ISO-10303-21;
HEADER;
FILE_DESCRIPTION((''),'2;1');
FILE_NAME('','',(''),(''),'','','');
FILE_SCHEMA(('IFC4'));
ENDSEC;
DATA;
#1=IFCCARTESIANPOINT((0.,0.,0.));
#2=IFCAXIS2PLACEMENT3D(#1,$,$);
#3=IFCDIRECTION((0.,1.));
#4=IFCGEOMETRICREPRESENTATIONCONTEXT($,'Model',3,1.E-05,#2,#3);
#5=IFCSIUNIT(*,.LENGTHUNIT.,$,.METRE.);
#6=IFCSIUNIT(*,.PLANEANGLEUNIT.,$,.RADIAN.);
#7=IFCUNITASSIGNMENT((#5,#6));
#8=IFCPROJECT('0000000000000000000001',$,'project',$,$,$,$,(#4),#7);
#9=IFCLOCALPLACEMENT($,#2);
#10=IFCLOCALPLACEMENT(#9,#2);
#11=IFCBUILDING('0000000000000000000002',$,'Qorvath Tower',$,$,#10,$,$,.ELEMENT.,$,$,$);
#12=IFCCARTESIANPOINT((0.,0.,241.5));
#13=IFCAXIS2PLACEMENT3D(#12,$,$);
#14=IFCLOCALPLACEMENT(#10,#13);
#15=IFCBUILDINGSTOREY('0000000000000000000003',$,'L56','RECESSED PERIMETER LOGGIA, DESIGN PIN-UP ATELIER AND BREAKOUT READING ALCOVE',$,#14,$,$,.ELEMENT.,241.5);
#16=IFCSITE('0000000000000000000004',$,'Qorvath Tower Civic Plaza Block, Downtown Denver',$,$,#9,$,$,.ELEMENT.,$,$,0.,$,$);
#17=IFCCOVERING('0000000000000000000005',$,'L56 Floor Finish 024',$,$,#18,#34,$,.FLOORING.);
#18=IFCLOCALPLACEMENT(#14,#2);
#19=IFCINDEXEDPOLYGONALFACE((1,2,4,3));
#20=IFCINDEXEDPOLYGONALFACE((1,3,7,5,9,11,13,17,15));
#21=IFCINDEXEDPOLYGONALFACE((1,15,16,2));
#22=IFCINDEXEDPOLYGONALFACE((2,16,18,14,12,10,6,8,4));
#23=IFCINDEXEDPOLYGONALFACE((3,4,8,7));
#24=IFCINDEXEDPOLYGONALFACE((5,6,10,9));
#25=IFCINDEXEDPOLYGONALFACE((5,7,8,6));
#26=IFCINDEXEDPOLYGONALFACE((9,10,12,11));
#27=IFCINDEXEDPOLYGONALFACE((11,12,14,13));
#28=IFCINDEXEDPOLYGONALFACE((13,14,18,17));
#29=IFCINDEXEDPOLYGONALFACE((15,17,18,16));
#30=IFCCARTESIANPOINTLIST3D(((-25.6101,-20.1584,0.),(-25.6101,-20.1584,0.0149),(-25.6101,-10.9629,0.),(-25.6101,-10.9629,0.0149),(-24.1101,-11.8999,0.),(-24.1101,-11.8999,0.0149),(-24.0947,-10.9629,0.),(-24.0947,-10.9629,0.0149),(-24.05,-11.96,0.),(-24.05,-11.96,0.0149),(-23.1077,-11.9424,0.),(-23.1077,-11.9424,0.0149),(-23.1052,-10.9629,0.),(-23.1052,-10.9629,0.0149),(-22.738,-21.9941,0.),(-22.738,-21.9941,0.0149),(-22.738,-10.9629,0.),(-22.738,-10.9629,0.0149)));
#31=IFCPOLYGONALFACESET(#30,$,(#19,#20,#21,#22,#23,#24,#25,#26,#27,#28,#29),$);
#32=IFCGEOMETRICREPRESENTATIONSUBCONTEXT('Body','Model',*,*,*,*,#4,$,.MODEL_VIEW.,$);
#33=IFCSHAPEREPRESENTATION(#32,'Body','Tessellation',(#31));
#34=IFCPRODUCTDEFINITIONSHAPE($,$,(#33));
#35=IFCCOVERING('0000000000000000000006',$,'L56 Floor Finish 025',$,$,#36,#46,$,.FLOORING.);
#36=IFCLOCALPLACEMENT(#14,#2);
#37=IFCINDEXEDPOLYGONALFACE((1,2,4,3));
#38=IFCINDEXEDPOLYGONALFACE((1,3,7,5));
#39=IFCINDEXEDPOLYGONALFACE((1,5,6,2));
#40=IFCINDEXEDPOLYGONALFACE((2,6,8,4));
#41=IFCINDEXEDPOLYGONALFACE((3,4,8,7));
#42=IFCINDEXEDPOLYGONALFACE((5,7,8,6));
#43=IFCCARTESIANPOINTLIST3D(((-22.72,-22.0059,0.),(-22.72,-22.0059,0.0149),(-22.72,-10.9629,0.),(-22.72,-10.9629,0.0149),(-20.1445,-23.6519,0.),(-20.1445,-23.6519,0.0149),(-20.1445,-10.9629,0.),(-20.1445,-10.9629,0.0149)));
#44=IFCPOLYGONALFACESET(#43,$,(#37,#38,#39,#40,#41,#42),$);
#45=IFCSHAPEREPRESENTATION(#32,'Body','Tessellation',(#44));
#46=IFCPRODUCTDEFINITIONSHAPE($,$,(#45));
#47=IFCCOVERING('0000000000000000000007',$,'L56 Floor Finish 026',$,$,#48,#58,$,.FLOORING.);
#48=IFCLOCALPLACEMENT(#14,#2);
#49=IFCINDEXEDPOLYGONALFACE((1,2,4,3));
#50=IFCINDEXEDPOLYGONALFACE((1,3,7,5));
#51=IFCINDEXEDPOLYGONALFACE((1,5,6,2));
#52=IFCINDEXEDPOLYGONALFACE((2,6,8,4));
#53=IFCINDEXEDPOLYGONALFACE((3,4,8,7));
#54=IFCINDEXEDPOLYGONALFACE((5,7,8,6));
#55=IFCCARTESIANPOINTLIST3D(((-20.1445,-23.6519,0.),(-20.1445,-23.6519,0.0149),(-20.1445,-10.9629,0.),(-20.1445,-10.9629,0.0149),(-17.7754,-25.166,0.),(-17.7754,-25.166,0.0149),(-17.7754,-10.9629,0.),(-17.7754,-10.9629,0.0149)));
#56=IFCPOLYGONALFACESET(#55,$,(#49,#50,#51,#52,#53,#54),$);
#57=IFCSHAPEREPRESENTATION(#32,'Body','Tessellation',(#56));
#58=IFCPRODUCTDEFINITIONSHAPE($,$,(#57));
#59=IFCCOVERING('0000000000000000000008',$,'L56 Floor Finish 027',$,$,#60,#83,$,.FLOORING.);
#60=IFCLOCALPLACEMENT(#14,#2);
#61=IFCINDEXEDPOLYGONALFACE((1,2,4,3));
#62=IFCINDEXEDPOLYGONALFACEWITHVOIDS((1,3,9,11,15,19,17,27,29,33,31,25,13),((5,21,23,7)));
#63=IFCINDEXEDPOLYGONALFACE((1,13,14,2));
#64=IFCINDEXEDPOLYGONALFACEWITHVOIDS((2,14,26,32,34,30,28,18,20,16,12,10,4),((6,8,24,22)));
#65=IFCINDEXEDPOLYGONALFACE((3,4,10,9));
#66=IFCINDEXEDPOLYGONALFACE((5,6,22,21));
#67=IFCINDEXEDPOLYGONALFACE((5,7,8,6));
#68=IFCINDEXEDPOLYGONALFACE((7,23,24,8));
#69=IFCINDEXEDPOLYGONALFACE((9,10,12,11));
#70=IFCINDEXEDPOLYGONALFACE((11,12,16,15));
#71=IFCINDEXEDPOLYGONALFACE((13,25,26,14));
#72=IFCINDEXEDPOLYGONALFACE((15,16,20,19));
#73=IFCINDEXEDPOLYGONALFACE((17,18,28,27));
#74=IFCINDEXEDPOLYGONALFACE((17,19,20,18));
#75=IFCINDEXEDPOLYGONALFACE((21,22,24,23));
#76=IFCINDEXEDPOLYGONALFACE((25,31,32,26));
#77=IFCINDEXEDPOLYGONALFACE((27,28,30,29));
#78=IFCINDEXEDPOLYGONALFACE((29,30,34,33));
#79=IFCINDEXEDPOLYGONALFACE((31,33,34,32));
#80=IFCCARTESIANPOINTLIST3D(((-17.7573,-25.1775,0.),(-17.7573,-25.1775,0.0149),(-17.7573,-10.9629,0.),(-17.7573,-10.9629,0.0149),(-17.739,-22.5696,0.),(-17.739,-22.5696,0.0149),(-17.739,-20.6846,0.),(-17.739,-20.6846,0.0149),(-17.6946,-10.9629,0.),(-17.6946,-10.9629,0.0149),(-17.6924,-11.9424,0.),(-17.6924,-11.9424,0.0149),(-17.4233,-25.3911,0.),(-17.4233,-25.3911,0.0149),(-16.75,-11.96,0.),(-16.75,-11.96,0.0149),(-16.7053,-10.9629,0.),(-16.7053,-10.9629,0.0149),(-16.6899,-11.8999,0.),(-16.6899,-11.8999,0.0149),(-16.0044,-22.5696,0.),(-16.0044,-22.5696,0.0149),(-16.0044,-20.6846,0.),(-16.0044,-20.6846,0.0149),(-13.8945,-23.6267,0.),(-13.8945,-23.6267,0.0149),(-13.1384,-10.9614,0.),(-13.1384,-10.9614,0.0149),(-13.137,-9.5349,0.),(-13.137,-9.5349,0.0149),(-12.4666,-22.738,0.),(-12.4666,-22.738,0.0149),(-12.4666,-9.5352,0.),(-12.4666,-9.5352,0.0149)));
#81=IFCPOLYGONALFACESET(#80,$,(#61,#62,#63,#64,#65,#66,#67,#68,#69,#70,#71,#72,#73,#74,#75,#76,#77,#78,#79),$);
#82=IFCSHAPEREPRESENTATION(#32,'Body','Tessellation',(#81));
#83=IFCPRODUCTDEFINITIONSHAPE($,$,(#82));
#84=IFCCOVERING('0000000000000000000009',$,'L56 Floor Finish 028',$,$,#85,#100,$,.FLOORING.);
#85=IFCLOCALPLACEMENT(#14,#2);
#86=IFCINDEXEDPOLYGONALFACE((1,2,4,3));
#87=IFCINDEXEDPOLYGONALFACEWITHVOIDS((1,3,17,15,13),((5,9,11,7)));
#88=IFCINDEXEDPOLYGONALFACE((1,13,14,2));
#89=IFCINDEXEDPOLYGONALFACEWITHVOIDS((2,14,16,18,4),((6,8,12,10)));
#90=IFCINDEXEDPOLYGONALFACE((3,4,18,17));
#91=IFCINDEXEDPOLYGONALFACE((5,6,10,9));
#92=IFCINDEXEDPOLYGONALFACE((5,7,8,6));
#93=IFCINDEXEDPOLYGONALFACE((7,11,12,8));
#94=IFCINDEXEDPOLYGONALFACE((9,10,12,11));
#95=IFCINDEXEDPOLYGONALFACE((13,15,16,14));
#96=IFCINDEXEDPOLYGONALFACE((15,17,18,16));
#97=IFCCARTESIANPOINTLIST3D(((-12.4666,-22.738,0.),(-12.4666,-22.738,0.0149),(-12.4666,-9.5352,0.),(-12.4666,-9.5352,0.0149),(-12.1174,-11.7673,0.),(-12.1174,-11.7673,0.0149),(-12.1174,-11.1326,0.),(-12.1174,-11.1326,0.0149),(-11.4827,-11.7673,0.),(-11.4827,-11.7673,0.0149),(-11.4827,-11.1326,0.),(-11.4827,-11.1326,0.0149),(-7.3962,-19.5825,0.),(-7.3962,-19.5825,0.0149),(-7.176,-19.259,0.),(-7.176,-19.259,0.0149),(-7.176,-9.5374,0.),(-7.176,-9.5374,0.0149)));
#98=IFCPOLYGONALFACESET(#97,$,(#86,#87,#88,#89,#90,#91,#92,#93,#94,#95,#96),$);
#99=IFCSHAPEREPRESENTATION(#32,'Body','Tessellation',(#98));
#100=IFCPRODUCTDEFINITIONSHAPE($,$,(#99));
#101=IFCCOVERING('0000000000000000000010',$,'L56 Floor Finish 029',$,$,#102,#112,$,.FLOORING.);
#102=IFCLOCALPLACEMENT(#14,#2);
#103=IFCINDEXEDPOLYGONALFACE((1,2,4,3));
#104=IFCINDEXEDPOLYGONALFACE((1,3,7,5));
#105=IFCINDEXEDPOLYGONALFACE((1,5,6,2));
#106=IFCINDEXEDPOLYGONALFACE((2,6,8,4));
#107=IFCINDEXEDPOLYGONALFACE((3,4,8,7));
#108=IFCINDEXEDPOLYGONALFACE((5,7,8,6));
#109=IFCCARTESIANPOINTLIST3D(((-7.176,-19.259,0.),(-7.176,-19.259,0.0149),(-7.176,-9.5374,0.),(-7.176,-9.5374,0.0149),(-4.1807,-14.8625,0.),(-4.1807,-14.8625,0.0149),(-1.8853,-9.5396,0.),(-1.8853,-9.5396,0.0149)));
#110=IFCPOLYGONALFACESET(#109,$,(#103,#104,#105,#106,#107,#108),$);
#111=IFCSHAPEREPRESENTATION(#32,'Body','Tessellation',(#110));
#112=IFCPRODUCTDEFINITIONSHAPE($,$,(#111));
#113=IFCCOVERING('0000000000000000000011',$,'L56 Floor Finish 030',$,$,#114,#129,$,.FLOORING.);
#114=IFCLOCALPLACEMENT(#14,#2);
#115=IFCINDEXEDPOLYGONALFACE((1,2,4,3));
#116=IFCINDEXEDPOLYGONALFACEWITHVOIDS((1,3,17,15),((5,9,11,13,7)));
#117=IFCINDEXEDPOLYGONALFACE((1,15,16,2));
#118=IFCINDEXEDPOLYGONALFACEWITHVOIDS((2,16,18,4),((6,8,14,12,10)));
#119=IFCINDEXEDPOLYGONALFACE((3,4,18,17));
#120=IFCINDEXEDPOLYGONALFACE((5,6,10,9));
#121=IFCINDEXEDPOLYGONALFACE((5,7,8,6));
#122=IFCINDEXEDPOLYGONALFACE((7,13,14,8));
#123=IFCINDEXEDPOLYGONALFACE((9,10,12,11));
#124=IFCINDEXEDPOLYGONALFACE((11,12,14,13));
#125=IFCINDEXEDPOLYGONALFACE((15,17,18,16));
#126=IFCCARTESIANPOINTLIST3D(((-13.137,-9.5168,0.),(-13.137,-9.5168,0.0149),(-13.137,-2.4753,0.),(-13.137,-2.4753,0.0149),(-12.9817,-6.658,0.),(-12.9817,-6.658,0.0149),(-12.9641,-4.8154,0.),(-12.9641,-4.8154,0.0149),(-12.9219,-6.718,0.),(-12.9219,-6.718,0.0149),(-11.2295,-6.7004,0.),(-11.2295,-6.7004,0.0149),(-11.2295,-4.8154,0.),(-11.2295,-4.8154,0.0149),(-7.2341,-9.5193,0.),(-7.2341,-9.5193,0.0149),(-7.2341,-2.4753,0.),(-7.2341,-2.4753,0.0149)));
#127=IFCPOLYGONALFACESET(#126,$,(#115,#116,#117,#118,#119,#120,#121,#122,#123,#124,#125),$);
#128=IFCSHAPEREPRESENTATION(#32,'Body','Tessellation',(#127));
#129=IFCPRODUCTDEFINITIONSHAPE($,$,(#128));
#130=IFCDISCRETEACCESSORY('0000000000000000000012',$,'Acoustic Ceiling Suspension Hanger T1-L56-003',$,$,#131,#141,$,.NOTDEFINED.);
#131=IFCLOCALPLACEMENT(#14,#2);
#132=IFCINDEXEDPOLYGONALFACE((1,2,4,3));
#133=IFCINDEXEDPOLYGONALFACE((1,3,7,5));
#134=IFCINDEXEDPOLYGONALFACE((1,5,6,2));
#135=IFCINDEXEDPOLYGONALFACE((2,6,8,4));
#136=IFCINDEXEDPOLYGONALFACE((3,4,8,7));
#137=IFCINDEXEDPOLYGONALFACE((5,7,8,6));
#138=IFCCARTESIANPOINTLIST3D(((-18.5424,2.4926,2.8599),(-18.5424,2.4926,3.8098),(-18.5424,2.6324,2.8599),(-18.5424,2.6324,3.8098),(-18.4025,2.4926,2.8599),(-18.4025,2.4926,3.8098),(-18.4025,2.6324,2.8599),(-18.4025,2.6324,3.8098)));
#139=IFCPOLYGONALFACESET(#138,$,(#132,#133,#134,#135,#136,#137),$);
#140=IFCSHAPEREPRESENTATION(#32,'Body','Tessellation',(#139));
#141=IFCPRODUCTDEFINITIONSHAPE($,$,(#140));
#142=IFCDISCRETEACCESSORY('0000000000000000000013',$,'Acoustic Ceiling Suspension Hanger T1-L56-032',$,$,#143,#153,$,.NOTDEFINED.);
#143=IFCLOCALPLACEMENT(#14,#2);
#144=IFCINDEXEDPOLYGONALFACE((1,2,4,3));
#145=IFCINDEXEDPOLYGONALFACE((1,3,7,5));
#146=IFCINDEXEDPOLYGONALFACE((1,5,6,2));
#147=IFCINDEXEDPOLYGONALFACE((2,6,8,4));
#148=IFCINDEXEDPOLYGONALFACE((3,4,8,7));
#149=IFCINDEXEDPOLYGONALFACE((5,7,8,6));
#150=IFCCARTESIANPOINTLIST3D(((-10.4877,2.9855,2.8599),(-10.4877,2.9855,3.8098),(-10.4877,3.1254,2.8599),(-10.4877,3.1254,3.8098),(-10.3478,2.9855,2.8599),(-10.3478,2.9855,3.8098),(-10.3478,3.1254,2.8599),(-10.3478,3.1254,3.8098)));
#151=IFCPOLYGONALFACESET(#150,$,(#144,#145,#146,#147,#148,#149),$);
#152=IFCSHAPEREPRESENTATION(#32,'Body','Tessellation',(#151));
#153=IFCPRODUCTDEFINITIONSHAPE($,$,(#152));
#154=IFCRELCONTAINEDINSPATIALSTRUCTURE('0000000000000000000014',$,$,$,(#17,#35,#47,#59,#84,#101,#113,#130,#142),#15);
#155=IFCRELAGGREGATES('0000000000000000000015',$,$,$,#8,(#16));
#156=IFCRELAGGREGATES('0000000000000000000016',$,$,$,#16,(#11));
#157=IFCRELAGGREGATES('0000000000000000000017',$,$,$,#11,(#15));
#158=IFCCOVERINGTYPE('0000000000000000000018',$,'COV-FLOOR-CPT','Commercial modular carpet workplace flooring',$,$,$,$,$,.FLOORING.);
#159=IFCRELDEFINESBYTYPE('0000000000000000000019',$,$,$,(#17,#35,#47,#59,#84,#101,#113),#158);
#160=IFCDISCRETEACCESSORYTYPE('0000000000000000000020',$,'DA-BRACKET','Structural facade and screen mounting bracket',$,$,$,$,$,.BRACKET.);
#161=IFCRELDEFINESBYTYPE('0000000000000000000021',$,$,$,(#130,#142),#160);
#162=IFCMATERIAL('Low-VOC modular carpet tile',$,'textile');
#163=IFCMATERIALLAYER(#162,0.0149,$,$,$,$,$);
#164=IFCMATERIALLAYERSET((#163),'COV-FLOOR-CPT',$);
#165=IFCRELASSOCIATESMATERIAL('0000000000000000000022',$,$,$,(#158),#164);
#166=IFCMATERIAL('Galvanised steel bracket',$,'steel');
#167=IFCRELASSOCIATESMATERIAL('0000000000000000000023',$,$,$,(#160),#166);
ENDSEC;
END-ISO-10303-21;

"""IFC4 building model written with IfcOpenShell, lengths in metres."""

from ifc_helpers import new_model, si_unit, direction, frame, origin, origin_2d, place, context, subcontext, project, spatial, polyline, rectangle, outline, extrude, material, layer, layer_set, type_object, element, save


model = new_model("IFC4")

# Units and contexts
model_context = context("Model", 3, precision=1e-05, world=origin(), true_north=direction((0.0, 1.0)))
body_context = subcontext(model_context, "Body", "Model", "MODEL_VIEW")
ifc_project = project(units=[si_unit("LENGTHUNIT", "METRE"), si_unit("PLANEANGLEUNIT", "RADIAN")], contexts=[model_context])

# Site, building, storey
site_placement = place(None, origin())
site = spatial("IfcSite", under=ifc_project, at=site_placement, Name="Qorvath Tower Civic Plaza Block, Downtown Denver", CompositionType="ELEMENT", RefElevation=0.0)
building_placement = place(site_placement, origin())
building = spatial("IfcBuilding", under=site, at=building_placement, Name="Qorvath Tower", CompositionType="ELEMENT")
storey_placement = place(building_placement, frame((0.0, 0.0, 241.5)))
storey = spatial("IfcBuildingStorey", under=building, at=storey_placement, Name="L56", Description="RECESSED PERIMETER LOGGIA, DESIGN PIN-UP ATELIER AND BREAKOUT READING ALCOVE", CompositionType="ELEMENT", Elevation=241.5)

# Coverings
ifc_material_1 = material(Name="Low-VOC modular carpet tile", Category="textile")
ifc_layer_1 = layer(ifc_material_1, 0.0149)
ifc_layer_set_1 = layer_set([ifc_layer_1], Name="COV-FLOOR-CPT")
covering_type_1 = type_object("IfcCoveringType", Name="COV-FLOOR-CPT", Description="Commercial modular carpet workplace flooring", PredefinedType="FLOORING", material=ifc_layer_set_1)
covering_1_placement = place(storey_placement, origin())
element("IfcCovering", 1, at=covering_1_placement, inside=storey, type_object=covering_type_1, Name="L56 Floor Finish 024", PredefinedType="FLOORING", context=body_context, shape_type="SweptSolid", body=[
    extrude(outline(polyline([(-25.6101, -10.9629), (-25.6101, -20.1584), (-22.738, -21.9941), (-22.738, -10.9629), (-23.1052, -10.9629), (-23.1077, -11.9424), (-24.05, -11.96), (-24.1101, -11.8999), (-24.0947, -10.9629), (-25.6101, -10.9629)])), origin(), (0.0, 0.0, 1.0), 0.0149),
])
covering_2_placement = place(storey_placement, origin())
element("IfcCovering", 2, at=covering_2_placement, inside=storey, type_object=covering_type_1, Name="L56 Floor Finish 025", PredefinedType="FLOORING", context=body_context, shape_type="SweptSolid", body=[
    extrude(outline(polyline([(-22.72, -10.9629), (-22.72, -22.0059), (-20.1445, -23.6519), (-20.1445, -10.9629), (-22.72, -10.9629)])), origin(), (0.0, 0.0, 1.0), 0.0149),
])
covering_3_placement = place(storey_placement, origin())
element("IfcCovering", 3, at=covering_3_placement, inside=storey, type_object=covering_type_1, Name="L56 Floor Finish 026", PredefinedType="FLOORING", context=body_context, shape_type="SweptSolid", body=[
    extrude(outline(polyline([(-20.1445, -10.9629), (-20.1445, -23.6519), (-17.7754, -25.166), (-17.7754, -10.9629), (-20.1445, -10.9629)])), origin(), (0.0, 0.0, 1.0), 0.0149),
])
covering_4_placement = place(storey_placement, origin())
element("IfcCovering", 4, at=covering_4_placement, inside=storey, type_object=covering_type_1, Name="L56 Floor Finish 027", PredefinedType="FLOORING", context=body_context, shape_type="SweptSolid", body=[
    extrude(outline(polyline([(-17.4233, -25.3911), (-13.8945, -23.6267), (-12.4666, -22.738), (-12.4666, -9.5352), (-13.137, -9.5349), (-13.1384, -10.9614), (-16.7053, -10.9629), (-16.6899, -11.8999), (-16.75, -11.96), (-17.6924, -11.9424), (-17.6946, -10.9629), (-17.7573, -10.9629), (-17.7573, -25.1775), (-17.4233, -25.3911)]), holes=[polyline([(-17.739, -22.5696), (-17.739, -20.6846), (-16.0044, -20.6846), (-16.0044, -22.5696), (-17.739, -22.5696)])]), origin(), (0.0, 0.0, 1.0), 0.0149),
])
covering_5_placement = place(storey_placement, origin())
element("IfcCovering", 5, at=covering_5_placement, inside=storey, type_object=covering_type_1, Name="L56 Floor Finish 028", PredefinedType="FLOORING", context=body_context, shape_type="SweptSolid", body=[
    extrude(outline(polyline([(-12.4666, -9.5352), (-12.4666, -22.738), (-7.3962, -19.5825), (-7.176, -19.259), (-7.176, -9.5374), (-12.4666, -9.5352)]), holes=[polyline([(-12.1174, -11.7673), (-12.1174, -11.1326), (-11.4827, -11.1326), (-11.4827, -11.7673), (-12.1174, -11.7673)])]), origin(), (0.0, 0.0, 1.0), 0.0149),
])
covering_6_placement = place(storey_placement, origin())
element("IfcCovering", 6, at=covering_6_placement, inside=storey, type_object=covering_type_1, Name="L56 Floor Finish 029", PredefinedType="FLOORING", context=body_context, shape_type="SweptSolid", body=[
    extrude(outline(polyline([(-7.176, -9.5374), (-7.176, -19.259), (-4.1807, -14.8625), (-1.8853, -9.5396), (-7.176, -9.5374)])), origin(), (0.0, 0.0, 1.0), 0.0149),
])
covering_7_placement = place(storey_placement, origin())
element("IfcCovering", 7, at=covering_7_placement, inside=storey, type_object=covering_type_1, Name="L56 Floor Finish 030", PredefinedType="FLOORING", context=body_context, shape_type="SweptSolid", body=[
    extrude(outline(polyline([(-7.2341, -9.5193), (-7.2341, -2.4753), (-13.137, -2.4753), (-13.137, -9.5168), (-7.2341, -9.5193)]), holes=[polyline([(-12.9817, -6.658), (-12.9641, -4.8154), (-11.2295, -4.8154), (-11.2295, -6.7004), (-12.9219, -6.718), (-12.9817, -6.658)])]), origin(), (0.0, 0.0, 1.0), 0.0149),
])

# Discrete accessories
ifc_material_2 = material(Name="Galvanised steel bracket", Category="steel")
discrete_accessory_type = type_object("IfcDiscreteAccessoryType", Name="DA-BRACKET", Description="Structural facade and screen mounting bracket", PredefinedType="BRACKET", material=ifc_material_2)
for number, where, z_axis, x_axis, name in (
    (8, (-18.4724, 2.5625, 2.8599), (0.0, 0.0, 1.0), (1.0, 0.0, 0.0), "Acoustic Ceiling Suspension Hanger T1-L56-003"),
    (9, (-10.4177, 3.0554, 2.8599), (0.0, 0.0, 1.0), (1.0, 0.0, 0.0), "Acoustic Ceiling Suspension Hanger T1-L56-032"),
):
    element("IfcDiscreteAccessory", number, at=place(storey_placement, frame(where, z_axis=z_axis, x_axis=x_axis)), inside=storey, type_object=discrete_accessory_type, Name=name, PredefinedType="NOTDEFINED", context=body_context, shape_type="SweptSolid", body=[
        extrude(rectangle(XDim=0.1399, YDim=0.1399, at=origin_2d()), origin(), (0.0, 0.0, 1.0), 0.95),
    ])

save(model, "model.ifc")
